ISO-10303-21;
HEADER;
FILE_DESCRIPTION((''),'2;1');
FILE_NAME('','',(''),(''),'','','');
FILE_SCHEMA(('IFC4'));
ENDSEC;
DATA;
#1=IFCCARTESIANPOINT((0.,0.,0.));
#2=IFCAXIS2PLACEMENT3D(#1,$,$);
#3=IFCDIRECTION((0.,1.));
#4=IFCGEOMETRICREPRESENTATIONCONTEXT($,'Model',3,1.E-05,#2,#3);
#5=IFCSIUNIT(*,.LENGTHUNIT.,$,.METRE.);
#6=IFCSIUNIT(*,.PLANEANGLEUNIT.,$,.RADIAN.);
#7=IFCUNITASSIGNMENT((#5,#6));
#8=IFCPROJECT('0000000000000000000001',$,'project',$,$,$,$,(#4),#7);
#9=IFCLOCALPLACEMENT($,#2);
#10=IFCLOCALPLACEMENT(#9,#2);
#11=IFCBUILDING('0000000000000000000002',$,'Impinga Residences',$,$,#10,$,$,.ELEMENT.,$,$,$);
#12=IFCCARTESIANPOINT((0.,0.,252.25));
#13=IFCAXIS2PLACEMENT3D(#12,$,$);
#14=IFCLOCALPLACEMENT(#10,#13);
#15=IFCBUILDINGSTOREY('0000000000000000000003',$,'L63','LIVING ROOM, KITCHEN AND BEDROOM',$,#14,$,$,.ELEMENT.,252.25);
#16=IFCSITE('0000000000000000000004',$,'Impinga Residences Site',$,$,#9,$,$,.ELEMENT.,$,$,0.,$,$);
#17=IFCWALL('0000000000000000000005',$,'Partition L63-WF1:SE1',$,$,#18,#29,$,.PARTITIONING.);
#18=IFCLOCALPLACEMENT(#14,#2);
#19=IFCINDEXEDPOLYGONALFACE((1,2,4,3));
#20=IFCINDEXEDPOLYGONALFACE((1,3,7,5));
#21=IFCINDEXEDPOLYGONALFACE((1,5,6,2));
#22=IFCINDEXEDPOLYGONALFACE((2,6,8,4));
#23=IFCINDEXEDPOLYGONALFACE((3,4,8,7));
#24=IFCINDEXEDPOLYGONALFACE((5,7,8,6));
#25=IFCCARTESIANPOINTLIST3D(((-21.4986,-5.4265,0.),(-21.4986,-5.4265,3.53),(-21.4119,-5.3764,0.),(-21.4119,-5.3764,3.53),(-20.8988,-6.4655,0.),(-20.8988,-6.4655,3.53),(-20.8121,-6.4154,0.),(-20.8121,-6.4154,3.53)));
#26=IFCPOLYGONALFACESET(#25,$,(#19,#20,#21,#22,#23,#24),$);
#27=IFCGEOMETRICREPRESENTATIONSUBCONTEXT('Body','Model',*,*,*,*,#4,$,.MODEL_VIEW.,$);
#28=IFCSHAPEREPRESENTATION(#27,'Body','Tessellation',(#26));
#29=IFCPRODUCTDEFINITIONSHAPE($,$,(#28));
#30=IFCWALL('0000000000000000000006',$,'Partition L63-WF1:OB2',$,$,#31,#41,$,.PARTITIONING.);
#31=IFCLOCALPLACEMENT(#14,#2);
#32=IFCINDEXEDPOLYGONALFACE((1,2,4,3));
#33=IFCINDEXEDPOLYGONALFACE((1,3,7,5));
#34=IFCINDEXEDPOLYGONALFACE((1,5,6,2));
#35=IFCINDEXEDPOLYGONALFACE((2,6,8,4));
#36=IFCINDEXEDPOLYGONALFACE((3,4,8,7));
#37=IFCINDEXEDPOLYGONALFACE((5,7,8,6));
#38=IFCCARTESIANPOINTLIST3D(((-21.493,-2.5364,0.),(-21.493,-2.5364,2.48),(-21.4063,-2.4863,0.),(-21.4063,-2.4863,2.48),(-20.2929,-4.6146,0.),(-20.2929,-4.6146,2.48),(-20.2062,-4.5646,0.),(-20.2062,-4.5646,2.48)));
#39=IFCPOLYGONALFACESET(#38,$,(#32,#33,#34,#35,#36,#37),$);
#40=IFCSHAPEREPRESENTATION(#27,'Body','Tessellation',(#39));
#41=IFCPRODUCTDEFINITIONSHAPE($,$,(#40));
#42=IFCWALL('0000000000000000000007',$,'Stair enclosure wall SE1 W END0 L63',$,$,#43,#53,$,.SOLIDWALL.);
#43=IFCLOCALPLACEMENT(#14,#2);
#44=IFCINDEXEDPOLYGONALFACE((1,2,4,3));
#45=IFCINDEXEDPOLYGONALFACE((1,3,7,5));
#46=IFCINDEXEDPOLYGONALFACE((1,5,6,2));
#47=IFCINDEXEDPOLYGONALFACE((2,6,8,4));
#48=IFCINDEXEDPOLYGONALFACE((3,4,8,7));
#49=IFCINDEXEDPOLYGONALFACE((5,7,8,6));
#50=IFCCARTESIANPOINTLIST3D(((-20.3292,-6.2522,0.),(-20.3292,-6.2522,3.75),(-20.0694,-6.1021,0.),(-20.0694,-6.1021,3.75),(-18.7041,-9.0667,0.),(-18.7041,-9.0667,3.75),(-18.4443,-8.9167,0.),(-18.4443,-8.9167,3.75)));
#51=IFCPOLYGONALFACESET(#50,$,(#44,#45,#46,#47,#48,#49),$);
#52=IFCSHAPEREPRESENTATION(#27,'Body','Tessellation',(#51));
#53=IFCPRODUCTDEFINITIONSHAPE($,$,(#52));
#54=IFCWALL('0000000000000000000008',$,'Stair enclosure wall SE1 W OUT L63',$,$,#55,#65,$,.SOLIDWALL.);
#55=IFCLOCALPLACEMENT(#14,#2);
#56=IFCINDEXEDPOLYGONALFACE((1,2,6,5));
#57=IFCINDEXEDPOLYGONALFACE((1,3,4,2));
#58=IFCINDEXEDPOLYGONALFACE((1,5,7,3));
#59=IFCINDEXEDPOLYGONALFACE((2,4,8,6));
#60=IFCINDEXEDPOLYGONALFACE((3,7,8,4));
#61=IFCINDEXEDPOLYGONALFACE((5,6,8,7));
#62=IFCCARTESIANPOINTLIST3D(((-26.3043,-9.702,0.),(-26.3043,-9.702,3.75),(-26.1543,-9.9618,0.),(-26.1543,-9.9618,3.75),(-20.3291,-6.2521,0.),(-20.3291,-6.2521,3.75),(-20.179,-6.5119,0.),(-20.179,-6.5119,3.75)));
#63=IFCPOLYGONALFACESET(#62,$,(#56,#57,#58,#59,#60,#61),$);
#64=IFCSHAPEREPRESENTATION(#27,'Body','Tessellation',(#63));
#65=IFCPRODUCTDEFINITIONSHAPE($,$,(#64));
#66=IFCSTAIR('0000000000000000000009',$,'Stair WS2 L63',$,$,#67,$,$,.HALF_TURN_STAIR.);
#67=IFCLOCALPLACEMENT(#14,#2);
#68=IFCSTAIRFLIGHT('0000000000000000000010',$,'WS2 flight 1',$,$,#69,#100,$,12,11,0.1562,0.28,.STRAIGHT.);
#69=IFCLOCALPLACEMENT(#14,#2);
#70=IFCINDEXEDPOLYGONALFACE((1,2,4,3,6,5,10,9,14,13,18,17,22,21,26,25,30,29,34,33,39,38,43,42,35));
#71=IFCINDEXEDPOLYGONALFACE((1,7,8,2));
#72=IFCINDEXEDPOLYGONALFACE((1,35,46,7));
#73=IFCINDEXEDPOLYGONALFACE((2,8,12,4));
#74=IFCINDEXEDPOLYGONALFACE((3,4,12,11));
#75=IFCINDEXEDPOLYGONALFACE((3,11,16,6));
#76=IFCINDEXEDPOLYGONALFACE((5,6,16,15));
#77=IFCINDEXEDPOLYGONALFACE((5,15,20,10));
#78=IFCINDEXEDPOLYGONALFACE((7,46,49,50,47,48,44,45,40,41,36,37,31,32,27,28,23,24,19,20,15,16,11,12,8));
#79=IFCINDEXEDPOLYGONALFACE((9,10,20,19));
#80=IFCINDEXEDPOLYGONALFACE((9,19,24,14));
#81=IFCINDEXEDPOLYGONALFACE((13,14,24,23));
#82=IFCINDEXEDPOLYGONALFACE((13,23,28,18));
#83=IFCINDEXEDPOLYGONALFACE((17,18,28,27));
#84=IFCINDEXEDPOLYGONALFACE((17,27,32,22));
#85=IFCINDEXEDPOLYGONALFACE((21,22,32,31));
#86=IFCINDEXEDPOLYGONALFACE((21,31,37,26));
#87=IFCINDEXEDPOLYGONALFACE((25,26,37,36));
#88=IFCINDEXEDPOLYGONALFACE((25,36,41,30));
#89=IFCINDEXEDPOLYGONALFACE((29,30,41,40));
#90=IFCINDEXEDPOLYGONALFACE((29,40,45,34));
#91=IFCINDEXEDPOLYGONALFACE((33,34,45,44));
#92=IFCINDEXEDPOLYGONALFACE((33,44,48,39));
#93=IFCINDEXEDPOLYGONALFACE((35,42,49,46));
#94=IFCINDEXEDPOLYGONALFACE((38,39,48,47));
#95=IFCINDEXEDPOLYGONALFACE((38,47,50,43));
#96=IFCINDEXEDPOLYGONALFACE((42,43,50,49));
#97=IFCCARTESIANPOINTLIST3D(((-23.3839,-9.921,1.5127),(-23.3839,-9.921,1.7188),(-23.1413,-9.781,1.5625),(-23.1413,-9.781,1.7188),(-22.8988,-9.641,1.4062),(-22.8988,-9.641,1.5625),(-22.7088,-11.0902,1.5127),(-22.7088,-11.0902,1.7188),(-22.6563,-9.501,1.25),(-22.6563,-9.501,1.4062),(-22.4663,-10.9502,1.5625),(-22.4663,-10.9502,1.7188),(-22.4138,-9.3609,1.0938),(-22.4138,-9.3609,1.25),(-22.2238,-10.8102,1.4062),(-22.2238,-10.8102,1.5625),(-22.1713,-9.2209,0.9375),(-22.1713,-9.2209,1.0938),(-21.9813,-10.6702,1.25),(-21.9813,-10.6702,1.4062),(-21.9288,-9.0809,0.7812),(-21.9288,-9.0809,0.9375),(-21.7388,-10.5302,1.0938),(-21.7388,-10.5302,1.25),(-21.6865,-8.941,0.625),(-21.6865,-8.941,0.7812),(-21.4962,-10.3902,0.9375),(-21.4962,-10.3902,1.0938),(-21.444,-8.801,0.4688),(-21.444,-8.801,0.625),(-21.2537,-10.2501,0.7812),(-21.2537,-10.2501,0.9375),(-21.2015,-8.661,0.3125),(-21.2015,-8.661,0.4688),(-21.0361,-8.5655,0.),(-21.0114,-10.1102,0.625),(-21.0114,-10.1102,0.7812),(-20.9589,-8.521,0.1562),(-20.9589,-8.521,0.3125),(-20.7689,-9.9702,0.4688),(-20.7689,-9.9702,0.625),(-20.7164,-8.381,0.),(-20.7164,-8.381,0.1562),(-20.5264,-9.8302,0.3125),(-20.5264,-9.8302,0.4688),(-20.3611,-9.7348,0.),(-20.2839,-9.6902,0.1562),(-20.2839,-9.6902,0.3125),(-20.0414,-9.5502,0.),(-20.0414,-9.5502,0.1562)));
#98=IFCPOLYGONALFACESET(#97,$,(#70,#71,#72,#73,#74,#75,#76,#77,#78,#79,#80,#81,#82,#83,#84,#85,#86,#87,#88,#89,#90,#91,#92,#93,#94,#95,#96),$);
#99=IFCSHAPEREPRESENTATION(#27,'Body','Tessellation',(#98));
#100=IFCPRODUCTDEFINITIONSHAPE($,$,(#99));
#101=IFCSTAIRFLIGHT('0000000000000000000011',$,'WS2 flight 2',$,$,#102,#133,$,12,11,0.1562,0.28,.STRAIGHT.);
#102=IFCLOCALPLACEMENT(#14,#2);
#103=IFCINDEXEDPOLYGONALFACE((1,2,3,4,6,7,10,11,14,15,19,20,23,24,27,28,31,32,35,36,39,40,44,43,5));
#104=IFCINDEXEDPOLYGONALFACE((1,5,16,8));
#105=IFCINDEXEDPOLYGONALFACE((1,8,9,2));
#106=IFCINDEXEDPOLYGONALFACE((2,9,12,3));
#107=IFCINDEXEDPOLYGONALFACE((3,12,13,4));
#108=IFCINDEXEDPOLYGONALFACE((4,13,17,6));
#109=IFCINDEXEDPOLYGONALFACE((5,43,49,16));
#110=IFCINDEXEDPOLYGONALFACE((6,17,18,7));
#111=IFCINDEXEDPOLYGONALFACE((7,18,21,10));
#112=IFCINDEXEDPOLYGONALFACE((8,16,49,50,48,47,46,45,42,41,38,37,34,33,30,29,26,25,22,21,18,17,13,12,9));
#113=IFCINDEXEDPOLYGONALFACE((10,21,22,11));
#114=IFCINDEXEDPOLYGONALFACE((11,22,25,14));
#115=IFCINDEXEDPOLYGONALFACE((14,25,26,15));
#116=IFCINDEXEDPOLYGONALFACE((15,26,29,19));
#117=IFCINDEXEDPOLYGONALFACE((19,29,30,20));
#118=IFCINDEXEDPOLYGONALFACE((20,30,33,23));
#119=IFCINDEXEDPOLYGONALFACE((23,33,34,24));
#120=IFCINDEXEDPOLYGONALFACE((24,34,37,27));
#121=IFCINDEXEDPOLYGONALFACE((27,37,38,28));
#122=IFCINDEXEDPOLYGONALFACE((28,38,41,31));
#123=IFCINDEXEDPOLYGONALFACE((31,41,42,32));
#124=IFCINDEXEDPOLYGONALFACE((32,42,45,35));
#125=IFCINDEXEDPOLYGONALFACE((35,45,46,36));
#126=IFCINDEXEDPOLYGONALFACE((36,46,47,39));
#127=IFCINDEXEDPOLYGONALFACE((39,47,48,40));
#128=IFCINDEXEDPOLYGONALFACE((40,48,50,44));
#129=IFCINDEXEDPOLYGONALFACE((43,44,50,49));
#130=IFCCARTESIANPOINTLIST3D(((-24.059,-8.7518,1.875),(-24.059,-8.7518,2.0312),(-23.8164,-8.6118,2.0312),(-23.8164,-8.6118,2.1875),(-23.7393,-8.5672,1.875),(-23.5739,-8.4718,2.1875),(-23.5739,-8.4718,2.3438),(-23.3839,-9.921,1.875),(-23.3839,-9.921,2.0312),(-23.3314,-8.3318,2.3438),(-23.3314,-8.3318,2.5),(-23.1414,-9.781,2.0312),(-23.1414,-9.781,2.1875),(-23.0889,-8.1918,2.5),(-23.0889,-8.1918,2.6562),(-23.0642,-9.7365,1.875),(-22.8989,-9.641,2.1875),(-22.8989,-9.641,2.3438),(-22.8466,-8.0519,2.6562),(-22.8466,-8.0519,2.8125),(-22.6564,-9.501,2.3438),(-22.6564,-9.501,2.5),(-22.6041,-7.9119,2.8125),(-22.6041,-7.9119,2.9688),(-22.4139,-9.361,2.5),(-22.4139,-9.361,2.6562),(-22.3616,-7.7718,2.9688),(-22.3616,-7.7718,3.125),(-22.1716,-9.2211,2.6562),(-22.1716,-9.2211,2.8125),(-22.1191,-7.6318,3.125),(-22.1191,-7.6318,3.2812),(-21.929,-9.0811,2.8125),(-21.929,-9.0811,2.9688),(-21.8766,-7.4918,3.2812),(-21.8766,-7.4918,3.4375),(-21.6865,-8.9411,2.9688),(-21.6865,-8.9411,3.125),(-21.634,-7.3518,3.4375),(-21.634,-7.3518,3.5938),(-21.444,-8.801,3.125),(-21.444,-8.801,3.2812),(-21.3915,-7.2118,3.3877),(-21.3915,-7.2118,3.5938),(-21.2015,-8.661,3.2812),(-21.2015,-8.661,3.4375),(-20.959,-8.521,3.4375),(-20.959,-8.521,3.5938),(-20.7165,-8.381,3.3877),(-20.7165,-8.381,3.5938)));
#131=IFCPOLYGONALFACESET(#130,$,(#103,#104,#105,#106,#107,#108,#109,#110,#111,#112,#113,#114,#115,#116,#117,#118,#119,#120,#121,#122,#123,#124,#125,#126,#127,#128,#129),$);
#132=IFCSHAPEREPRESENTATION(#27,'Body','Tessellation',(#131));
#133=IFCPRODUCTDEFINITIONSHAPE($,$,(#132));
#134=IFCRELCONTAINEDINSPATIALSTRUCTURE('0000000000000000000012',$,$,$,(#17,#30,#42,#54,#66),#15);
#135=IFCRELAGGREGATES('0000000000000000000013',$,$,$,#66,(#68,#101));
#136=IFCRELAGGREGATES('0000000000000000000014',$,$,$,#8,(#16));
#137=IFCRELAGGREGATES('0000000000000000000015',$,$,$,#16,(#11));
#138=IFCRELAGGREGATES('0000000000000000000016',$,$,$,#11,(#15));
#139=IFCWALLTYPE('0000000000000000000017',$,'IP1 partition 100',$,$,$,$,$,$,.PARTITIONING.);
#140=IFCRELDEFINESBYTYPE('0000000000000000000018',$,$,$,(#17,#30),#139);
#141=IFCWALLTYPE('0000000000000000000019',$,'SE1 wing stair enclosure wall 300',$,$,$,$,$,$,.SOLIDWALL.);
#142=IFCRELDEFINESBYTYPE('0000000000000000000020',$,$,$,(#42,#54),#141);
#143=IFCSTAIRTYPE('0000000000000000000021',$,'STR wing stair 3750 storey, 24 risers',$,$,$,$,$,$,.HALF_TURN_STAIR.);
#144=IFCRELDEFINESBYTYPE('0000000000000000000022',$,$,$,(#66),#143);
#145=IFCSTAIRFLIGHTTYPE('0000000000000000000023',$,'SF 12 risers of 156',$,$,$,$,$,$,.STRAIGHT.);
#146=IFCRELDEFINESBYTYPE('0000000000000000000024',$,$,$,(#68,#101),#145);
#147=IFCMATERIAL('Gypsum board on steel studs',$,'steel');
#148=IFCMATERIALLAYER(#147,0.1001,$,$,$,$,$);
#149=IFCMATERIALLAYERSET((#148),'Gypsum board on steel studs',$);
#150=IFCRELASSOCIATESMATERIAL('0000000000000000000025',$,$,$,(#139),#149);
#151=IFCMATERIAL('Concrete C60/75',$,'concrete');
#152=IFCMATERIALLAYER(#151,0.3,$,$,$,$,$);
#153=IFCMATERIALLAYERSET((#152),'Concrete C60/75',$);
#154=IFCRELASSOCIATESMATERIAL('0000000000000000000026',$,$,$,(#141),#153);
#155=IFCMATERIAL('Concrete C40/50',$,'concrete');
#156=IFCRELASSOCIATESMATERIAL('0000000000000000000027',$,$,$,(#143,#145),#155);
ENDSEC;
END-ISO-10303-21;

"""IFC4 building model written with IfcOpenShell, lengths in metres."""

from ifc_helpers import new_model, si_unit, direction, frame, frame_2d, origin, place, context, subcontext, project, spatial, polyline, rectangle, outline, extrude, material, layer, layer_set, type_object, element, aggregate, save


model = new_model("IFC4")

# Units and contexts
model_context = context("Model", 3, precision=1e-05, world=origin(), true_north=direction((0.0, 1.0)))
body_context = subcontext(model_context, "Body", "Model", "MODEL_VIEW")
ifc_project = project(units=[si_unit("LENGTHUNIT", "METRE"), si_unit("PLANEANGLEUNIT", "RADIAN")], contexts=[model_context])

# Site, building, storey
site_placement = place(None, origin())
site = spatial("IfcSite", under=ifc_project, at=site_placement, Name="Impinga Residences Site", CompositionType="ELEMENT", RefElevation=0.0)
building_placement = place(site_placement, origin())
building = spatial("IfcBuilding", under=site, at=building_placement, Name="Impinga Residences", CompositionType="ELEMENT")
storey_placement = place(building_placement, frame((0.0, 0.0, 252.25)))
storey = spatial("IfcBuildingStorey", under=building, at=storey_placement, Name="L63", Description="LIVING ROOM, KITCHEN AND BEDROOM", CompositionType="ELEMENT", Elevation=252.25)

# Shared definitions
ifc_material_1 = material(Name="Concrete C60/75", Category="concrete")

# Walls
ifc_material_2 = material(Name="Gypsum board on steel studs", Category="steel")
ifc_layer_1 = layer(ifc_material_2, 0.1001)
ifc_layer_set_1 = layer_set([ifc_layer_1], Name="Gypsum board on steel studs")
wall_type_1 = type_object("IfcWallType", Name="IP1 partition 100", PredefinedType="PARTITIONING", material=ifc_layer_set_1)
wall_1_placement = place(storey_placement, frame((-20.8555, -6.4404, 0.0), z_axis=(0.0, 0.0, 1.0), x_axis=(-0.499969, 0.866043, 0.0)))
element("IfcWall", 1, at=wall_1_placement, inside=storey, type_object=wall_type_1, Name="Partition L63-WF1:SE1", PredefinedType="PARTITIONING", context=body_context, shape_type="SweptSolid", body=[
    extrude(rectangle(XDim=1.1997, YDim=0.1001, at=frame_2d((0.5999, 0.0))), origin(), (0.0, 0.0, 1.0), 3.53),
])
wall_2_placement = place(storey_placement, frame((-20.2495, -4.5896, 0.0), z_axis=(0.0, 0.0, 1.0), x_axis=(-0.500078, 0.865981, 0.0)))
element("IfcWall", 2, at=wall_2_placement, inside=storey, type_object=wall_type_1, Name="Partition L63-WF1:OB2", PredefinedType="PARTITIONING", context=body_context, shape_type="SweptSolid", body=[
    extrude(rectangle(XDim=2.3999, YDim=0.1001, at=frame_2d((1.2, 0.0))), origin(), (0.0, 0.0, 1.0), 2.48),
])
ifc_layer_2 = layer(ifc_material_1, 0.3)
ifc_layer_set_2 = layer_set([ifc_layer_2], Name="Concrete C60/75")
wall_type_2 = type_object("IfcWallType", Name="SE1 wing stair enclosure wall 300", PredefinedType="SOLIDWALL", material=ifc_layer_set_2)
wall_3_placement = place(storey_placement, frame((-18.5742, -8.9917, 0.0), z_axis=(0.0, 0.0, 1.0), x_axis=(-0.500017, 0.866015, 0.0)))
element("IfcWall", 3, at=wall_3_placement, inside=storey, type_object=wall_type_2, Name="Stair enclosure wall SE1 W END0 L63", PredefinedType="SOLIDWALL", context=body_context, shape_type="SweptSolid", body=[
    extrude(rectangle(XDim=3.25, YDim=0.3, at=frame_2d((1.625, 0.0))), origin(), (0.0, 0.0, 1.0), 3.75),
])
wall_4_placement = place(storey_placement, frame((-20.2542, -6.3821, 0.0), z_axis=(0.0, 0.0, 1.0), x_axis=(-0.86602, -0.500009, 0.0)))
element("IfcWall", 4, at=wall_4_placement, inside=storey, type_object=wall_type_2, Name="Stair enclosure wall SE1 W OUT L63", PredefinedType="SOLIDWALL", context=body_context, shape_type="SweptSolid", body=[
    extrude(rectangle(XDim=6.8997, YDim=0.3, at=frame_2d((3.4497, 0.0))), origin(), (0.0, 0.0, 1.0), 3.75),
])

# Stair, stair flights
ifc_material_3 = material(Name="Concrete C40/50", Category="concrete")
stair_type = type_object("IfcStairType", Name="STR wing stair 3750 storey, 24 risers", PredefinedType="HALF_TURN_STAIR", material=ifc_material_3)
stair_placement = place(storey_placement, origin())
stair = element("IfcStair", 5, at=stair_placement, inside=storey, type_object=stair_type, Name="Stair WS2 L63", PredefinedType="HALF_TURN_STAIR")
stair_flight_type = type_object("IfcStairFlightType", Name="SF 12 risers of 156", PredefinedType="STRAIGHT", material=ifc_material_3)
stair_flight_1_placement = place(storey_placement, frame((-20.3789, -8.9656, 0.0), z_axis=(0.0, 0.0, 1.0), x_axis=(-0.866025, -0.5, 0.0)))
stair_flight_1 = element("IfcStairFlight", 6, at=stair_flight_1_placement, type_object=stair_flight_type, Name="WS2 flight 1", NumberOfRisers=12, NumberOfTreads=11, PredefinedType="STRAIGHT", RiserHeight=0.1562, TreadLength=0.28, context=body_context, shape_type="SweptSolid", body=[
    extrude(outline(polyline([(0.0, 0.0), (0.0, 0.1562), (0.28, 0.1562), (0.28, 0.3125), (0.5601, 0.3125), (0.5601, 0.4688), (0.8401, 0.4688), (0.8401, 0.625), (1.1201, 0.625), (1.1201, 0.7812), (1.3999, 0.7812), (1.3999, 0.9375), (1.6799, 0.9375), (1.6799, 1.0938), (1.96, 1.0938), (1.96, 1.25), (2.24, 1.25), (2.24, 1.4062), (2.52, 1.4062), (2.52, 1.5625), (2.8, 1.5625), (2.8, 1.7188), (3.0801, 1.7188), (3.0801, 1.875), (3.0801, 1.5127), (0.3691, 0.0), (0.0, 0.0)])), frame((0.0, 0.675, 0.0), z_axis=(0.0, -1.0, 0.0), x_axis=(1.0, 0.0, 0.0)), (0.0, 0.0, 1.0), 1.3501),
])
stair_flight_2_placement = place(storey_placement, frame((-23.7214, -9.3364, 1.875), z_axis=(0.0, 0.0, 1.0), x_axis=(0.866025, 0.5, 0.0)))
stair_flight_2 = element("IfcStairFlight", 7, at=stair_flight_2_placement, type_object=stair_flight_type, Name="WS2 flight 2", NumberOfRisers=12, NumberOfTreads=11, PredefinedType="STRAIGHT", RiserHeight=0.1562, TreadLength=0.28, context=body_context, shape_type="SweptSolid", body=[
    extrude(outline(polyline([(0.0, 0.0), (0.0, 0.1562), (0.28, 0.1562), (0.28, 0.3125), (0.5601, 0.3125), (0.5601, 0.4688), (0.8401, 0.4688), (0.8401, 0.625), (1.1201, 0.625), (1.1201, 0.7812), (1.3999, 0.7812), (1.3999, 0.9375), (1.6799, 0.9375), (1.6799, 1.0938), (1.96, 1.0938), (1.96, 1.25), (2.24, 1.25), (2.24, 1.4062), (2.52, 1.4062), (2.52, 1.5625), (2.8, 1.5625), (2.8, 1.7188), (3.0801, 1.7188), (3.0801, 1.875), (3.0801, 1.5127), (0.3691, 0.0), (0.0, 0.0)])), frame((0.0, 0.675, 0.0), z_axis=(0.0, -1.0, 0.0), x_axis=(1.0, 0.0, 0.0)), (0.0, 0.0, 1.0), 1.3501),
])
aggregate(stair, [stair_flight_1, stair_flight_2])

save(model, "model.ifc")
